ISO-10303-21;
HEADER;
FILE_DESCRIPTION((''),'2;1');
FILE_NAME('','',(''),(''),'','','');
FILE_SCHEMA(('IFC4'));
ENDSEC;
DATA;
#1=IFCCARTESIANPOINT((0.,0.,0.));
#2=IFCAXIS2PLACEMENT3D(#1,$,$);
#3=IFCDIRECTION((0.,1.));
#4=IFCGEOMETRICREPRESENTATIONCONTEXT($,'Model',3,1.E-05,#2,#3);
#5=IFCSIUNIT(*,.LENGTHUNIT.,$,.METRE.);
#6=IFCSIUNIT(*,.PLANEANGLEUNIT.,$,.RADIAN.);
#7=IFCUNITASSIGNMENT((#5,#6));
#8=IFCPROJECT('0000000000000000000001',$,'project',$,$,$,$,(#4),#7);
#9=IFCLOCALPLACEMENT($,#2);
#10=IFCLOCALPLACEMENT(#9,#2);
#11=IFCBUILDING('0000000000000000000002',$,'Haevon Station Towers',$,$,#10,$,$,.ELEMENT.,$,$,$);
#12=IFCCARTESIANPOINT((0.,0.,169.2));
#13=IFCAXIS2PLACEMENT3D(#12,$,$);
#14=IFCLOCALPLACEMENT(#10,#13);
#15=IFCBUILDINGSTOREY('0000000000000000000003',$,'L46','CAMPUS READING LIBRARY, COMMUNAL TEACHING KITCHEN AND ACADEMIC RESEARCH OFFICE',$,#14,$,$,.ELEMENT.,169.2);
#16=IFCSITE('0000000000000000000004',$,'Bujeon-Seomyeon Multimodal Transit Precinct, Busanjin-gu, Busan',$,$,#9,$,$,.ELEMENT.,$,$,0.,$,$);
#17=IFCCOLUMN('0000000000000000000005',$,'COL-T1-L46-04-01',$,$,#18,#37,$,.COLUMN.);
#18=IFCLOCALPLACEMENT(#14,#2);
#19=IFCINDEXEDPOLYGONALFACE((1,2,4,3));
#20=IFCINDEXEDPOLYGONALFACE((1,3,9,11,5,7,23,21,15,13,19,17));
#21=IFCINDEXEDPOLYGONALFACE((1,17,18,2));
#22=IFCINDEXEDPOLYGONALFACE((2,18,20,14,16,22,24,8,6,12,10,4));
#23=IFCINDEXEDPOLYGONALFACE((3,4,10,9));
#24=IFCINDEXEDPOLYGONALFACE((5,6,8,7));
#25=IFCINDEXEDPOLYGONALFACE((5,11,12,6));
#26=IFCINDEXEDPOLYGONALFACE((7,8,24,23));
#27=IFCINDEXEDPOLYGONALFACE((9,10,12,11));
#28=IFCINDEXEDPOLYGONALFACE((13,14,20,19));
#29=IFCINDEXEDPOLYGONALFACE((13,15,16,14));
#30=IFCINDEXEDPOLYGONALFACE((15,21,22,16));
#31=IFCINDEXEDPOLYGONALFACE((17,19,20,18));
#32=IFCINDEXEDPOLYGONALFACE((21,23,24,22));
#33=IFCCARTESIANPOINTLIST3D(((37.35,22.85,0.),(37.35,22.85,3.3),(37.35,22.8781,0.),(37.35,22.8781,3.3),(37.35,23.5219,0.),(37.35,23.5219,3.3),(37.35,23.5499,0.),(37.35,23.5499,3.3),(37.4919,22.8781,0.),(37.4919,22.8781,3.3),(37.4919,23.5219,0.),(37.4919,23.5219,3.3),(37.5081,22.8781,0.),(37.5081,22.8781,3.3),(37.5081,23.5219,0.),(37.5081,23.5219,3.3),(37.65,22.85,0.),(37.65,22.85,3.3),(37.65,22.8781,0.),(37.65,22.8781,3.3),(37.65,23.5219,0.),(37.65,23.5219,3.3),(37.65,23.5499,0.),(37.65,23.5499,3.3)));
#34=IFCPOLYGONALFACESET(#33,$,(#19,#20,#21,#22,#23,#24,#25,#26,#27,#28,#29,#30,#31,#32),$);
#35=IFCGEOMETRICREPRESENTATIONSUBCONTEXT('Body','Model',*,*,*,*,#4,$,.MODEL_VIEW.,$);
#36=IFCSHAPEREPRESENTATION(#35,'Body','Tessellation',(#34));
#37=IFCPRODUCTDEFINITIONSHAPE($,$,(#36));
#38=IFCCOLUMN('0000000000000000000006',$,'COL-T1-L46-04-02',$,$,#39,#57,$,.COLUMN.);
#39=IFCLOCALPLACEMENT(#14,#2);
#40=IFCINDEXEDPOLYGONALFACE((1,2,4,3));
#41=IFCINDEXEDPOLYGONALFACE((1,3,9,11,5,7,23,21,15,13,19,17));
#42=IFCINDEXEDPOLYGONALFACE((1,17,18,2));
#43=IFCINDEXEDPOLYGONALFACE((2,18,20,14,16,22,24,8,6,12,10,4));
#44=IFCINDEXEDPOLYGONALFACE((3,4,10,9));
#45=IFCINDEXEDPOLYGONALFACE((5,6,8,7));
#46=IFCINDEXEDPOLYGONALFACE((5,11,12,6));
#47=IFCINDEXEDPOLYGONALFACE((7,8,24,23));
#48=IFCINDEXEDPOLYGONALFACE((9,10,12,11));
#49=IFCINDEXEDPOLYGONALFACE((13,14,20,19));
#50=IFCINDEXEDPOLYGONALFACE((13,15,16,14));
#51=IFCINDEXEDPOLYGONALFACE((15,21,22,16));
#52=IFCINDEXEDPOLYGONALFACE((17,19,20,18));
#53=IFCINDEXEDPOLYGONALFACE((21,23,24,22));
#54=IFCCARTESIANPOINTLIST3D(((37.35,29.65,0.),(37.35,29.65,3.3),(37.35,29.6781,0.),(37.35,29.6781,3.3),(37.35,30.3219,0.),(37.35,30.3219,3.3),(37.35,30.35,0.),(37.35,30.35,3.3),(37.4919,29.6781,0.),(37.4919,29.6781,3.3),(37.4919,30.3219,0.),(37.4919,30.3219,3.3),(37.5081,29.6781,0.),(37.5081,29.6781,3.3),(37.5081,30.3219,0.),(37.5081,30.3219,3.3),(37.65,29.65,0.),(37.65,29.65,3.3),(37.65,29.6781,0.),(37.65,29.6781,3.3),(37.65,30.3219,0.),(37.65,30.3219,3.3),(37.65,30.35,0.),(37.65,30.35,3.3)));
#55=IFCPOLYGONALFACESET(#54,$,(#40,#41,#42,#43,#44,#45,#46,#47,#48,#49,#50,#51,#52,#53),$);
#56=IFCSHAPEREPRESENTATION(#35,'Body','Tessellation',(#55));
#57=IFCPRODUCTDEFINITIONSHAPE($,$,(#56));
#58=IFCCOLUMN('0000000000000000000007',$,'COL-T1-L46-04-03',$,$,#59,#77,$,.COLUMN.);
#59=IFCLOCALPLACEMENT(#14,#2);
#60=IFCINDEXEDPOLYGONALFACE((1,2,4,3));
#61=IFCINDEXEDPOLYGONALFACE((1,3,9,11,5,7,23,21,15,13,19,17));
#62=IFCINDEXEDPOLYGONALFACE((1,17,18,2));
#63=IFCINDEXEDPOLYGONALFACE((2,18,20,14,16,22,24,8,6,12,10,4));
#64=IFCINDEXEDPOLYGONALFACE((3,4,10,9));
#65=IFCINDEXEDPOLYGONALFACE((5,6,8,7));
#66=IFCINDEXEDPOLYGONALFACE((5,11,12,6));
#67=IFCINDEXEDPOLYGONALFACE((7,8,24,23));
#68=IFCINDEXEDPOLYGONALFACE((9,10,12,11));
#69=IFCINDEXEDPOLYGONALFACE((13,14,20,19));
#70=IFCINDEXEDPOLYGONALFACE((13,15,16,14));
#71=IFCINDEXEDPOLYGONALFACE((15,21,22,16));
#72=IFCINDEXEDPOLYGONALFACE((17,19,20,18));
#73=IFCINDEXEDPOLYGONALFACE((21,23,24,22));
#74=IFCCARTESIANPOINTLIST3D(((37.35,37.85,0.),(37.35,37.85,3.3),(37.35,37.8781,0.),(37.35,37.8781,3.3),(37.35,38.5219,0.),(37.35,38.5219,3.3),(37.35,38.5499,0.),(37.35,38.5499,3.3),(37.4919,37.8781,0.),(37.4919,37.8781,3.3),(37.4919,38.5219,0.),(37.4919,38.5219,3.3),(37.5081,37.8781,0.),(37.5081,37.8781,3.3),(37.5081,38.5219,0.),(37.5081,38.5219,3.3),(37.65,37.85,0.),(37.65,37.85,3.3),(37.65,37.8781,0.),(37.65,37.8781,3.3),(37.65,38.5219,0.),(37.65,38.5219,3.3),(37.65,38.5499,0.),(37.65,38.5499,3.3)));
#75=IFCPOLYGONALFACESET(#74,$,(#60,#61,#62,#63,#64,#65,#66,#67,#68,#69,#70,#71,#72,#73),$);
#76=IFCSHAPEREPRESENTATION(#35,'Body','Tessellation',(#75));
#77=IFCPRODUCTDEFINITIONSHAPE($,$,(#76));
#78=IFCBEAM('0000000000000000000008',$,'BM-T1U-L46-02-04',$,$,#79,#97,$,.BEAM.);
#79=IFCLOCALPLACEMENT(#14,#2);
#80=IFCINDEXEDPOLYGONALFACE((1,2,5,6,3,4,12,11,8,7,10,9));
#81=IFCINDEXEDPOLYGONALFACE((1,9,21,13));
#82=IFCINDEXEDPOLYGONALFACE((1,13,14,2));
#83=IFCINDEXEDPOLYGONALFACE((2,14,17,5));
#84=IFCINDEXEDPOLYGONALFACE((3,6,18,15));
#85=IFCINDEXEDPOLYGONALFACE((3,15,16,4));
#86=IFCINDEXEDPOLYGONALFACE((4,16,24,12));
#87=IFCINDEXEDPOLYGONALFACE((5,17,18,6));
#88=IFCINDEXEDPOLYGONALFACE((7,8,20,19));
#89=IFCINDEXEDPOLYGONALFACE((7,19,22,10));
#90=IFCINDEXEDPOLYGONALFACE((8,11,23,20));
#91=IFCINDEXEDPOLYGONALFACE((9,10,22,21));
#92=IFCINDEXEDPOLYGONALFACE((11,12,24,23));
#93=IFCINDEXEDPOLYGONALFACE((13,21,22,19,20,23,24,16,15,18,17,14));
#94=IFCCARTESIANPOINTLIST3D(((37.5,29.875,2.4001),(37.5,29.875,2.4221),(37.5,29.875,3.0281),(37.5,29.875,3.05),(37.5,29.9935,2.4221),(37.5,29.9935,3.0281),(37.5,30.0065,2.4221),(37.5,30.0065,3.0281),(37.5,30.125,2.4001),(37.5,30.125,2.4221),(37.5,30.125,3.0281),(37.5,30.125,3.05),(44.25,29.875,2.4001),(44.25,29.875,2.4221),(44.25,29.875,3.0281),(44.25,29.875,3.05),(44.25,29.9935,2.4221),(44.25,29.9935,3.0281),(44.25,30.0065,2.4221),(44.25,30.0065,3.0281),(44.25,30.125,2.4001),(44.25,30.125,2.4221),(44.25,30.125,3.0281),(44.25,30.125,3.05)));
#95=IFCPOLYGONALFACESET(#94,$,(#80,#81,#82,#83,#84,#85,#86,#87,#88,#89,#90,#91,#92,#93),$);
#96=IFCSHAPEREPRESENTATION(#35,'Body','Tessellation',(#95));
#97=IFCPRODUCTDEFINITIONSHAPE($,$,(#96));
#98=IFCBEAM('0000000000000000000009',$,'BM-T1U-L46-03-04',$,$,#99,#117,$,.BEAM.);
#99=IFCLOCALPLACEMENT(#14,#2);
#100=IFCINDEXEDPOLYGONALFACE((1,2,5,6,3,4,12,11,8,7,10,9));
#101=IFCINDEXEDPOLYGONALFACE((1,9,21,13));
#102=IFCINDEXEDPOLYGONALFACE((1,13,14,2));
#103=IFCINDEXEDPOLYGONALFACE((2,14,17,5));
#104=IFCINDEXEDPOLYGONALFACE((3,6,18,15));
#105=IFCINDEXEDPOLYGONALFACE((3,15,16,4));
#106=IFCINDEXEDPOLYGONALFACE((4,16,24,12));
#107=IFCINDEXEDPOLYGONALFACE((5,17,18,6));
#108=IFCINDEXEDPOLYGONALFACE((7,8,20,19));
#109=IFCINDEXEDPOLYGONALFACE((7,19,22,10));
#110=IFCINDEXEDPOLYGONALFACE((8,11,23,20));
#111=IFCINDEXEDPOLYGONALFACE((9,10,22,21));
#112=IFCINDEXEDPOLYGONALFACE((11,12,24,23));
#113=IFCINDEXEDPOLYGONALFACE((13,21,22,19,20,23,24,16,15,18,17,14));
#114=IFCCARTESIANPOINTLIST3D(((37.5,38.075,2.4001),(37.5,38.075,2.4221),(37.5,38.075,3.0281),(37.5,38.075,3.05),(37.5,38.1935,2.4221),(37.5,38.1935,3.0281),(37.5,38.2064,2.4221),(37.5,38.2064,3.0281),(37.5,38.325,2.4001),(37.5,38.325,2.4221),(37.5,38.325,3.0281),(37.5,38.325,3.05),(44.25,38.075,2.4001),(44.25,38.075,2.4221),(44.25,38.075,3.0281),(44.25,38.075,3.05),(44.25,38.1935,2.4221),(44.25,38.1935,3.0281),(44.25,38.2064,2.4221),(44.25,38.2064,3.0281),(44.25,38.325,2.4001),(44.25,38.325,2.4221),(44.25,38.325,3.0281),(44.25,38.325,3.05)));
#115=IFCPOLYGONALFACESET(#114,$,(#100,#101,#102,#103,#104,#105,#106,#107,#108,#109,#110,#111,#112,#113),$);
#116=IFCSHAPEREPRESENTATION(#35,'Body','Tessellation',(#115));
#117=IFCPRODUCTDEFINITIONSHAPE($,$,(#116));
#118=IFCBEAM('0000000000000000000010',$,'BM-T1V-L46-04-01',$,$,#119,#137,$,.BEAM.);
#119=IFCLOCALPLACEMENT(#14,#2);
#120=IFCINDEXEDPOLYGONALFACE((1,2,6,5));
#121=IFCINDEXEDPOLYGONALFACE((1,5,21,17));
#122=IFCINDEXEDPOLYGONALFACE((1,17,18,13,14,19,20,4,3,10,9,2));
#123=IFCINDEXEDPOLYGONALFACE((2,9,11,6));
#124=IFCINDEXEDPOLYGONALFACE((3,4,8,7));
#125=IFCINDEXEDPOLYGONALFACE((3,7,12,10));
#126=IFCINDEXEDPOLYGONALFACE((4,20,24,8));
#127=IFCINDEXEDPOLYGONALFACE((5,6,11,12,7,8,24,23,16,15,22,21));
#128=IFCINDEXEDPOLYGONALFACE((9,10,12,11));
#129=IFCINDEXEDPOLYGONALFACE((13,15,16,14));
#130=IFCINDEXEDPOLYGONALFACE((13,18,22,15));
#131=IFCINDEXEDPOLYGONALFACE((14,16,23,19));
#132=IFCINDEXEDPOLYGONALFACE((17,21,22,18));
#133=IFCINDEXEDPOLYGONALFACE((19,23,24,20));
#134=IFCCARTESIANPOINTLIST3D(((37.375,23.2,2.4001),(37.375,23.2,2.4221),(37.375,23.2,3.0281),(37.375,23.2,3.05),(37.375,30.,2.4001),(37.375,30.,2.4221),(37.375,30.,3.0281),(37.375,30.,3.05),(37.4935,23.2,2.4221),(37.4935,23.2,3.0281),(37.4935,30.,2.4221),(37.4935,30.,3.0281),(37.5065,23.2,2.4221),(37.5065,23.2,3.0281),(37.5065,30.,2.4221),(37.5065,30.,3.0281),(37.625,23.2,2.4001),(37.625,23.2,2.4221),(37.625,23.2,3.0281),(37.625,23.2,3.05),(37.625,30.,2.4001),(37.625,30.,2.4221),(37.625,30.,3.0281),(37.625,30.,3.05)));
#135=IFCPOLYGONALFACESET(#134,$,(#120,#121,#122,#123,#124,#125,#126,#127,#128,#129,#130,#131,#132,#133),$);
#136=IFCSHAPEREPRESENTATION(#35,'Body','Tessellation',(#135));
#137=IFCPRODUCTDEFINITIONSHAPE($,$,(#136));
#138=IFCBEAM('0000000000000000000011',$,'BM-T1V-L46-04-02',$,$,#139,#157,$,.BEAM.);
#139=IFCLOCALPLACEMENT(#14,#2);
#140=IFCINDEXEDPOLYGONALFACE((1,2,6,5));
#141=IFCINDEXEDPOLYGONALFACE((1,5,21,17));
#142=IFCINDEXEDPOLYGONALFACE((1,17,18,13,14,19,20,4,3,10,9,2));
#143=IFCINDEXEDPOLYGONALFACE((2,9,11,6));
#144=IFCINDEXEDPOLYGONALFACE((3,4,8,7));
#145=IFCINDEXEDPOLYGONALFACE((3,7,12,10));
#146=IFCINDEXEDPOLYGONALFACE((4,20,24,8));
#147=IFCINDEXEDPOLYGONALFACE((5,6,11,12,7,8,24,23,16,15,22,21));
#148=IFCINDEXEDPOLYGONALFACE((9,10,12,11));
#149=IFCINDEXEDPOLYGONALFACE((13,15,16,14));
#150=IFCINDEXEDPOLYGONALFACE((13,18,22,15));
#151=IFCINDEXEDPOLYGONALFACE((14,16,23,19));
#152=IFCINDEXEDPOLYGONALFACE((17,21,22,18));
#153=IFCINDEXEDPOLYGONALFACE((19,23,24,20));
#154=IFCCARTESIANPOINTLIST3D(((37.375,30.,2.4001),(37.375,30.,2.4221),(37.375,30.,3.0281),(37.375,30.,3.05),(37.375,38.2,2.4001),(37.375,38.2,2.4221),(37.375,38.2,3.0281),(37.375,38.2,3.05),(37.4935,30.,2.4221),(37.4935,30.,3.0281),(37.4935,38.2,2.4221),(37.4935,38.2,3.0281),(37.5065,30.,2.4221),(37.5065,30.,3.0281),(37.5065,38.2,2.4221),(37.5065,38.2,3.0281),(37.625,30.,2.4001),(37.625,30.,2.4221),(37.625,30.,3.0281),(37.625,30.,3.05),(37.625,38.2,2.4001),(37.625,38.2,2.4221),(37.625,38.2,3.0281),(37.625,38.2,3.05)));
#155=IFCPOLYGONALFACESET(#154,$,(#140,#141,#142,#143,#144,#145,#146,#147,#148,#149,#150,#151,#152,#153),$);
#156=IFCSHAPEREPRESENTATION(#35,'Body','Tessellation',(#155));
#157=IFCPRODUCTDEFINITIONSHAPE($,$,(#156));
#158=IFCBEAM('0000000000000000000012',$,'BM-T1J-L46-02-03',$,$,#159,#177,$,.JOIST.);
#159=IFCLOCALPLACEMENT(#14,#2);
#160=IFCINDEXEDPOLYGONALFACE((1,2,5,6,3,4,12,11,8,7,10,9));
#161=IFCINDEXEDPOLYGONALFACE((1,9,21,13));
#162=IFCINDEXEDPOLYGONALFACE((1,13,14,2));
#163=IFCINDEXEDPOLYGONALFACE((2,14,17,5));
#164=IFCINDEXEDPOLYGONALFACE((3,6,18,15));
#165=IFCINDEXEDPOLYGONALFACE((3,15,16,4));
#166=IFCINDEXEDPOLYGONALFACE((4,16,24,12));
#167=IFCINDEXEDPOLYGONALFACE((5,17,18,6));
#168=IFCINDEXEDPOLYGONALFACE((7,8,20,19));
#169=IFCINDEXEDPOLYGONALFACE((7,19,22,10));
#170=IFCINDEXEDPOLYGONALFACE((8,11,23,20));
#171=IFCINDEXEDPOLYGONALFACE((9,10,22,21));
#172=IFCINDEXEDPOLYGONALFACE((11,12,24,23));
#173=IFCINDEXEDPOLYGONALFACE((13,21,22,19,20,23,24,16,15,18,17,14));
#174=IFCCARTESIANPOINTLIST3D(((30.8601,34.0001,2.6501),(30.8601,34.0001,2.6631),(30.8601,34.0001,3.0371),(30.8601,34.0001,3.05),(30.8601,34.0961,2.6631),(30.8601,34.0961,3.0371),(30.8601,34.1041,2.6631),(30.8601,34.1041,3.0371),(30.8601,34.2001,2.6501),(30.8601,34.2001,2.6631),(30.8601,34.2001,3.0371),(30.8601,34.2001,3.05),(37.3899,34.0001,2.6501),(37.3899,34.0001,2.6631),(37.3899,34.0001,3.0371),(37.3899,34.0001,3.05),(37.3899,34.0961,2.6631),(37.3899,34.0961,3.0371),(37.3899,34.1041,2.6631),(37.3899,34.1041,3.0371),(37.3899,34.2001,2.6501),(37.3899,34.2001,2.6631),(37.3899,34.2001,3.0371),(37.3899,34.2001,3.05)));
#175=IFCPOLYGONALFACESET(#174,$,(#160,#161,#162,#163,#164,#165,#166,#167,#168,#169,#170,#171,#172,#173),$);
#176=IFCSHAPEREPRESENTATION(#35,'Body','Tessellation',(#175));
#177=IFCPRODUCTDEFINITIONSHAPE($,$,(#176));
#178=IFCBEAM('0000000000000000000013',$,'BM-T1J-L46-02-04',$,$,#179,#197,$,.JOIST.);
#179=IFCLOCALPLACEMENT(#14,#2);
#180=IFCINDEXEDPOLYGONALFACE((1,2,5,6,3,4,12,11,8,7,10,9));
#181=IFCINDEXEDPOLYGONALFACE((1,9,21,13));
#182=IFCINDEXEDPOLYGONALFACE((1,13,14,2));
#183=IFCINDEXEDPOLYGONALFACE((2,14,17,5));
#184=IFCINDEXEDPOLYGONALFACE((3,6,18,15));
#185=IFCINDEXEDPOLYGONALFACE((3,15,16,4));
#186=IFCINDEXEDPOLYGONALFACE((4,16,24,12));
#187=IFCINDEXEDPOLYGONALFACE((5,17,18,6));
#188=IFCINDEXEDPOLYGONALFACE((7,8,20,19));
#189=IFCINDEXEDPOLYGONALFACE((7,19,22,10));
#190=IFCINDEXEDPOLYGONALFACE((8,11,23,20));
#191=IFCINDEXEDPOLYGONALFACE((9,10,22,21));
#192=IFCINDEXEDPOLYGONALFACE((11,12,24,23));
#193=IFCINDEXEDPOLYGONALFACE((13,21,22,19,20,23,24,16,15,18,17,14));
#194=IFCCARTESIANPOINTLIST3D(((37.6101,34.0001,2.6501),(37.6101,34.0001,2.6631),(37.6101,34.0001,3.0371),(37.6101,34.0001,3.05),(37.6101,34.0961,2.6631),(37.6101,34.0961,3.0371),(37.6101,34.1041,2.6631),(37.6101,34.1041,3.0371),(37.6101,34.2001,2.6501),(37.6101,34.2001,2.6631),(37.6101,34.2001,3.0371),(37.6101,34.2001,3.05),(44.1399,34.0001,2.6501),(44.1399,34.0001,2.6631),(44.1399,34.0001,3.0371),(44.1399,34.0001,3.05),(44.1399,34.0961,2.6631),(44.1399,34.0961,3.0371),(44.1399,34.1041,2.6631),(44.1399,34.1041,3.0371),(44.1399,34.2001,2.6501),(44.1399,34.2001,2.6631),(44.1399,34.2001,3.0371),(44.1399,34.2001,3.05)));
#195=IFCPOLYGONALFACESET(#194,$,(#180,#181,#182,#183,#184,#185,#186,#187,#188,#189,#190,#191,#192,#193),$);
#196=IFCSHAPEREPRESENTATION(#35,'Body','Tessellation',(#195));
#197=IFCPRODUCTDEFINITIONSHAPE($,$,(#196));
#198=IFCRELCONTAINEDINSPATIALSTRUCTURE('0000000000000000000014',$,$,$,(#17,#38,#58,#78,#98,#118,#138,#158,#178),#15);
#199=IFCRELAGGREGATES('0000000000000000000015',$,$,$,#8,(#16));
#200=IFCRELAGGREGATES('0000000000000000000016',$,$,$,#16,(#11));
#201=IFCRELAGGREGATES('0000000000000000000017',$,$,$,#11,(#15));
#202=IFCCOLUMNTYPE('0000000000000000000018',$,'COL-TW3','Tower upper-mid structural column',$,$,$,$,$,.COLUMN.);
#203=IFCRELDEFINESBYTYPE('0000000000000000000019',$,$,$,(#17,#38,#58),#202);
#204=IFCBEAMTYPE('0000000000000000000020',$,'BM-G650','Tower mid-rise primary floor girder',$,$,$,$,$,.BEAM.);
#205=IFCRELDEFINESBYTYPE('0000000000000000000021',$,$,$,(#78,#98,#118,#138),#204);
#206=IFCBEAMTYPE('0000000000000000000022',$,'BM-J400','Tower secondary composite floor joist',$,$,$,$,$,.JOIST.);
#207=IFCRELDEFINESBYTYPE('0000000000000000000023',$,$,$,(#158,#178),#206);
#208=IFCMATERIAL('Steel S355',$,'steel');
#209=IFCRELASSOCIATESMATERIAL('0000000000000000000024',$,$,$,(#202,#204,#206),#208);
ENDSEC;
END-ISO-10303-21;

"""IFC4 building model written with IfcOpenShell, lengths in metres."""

from ifc_helpers import new_model, si_unit, direction, frame, origin, origin_2d, place, context, subcontext, project, spatial, i_section, extrude, material, material_profile, profile_set, type_object, element, save


model = new_model("IFC4")

# Units and contexts
model_context = context("Model", 3, precision=1e-05, world=origin(), true_north=direction((0.0, 1.0)))
body_context = subcontext(model_context, "Body", "Model", "MODEL_VIEW")
ifc_project = project(units=[si_unit("LENGTHUNIT", "METRE"), si_unit("PLANEANGLEUNIT", "RADIAN")], contexts=[model_context])

# Site, building, storey
site_placement = place(None, origin())
site = spatial("IfcSite", under=ifc_project, at=site_placement, Name="Bujeon-Seomyeon Multimodal Transit Precinct, Busanjin-gu, Busan", CompositionType="ELEMENT", RefElevation=0.0)
building_placement = place(site_placement, origin())
building = spatial("IfcBuilding", under=site, at=building_placement, Name="Haevon Station Towers", CompositionType="ELEMENT")
storey_placement = place(building_placement, frame((0.0, 0.0, 169.2)))
storey = spatial("IfcBuildingStorey", under=building, at=storey_placement, Name="L46", Description="CAMPUS READING LIBRARY, COMMUNAL TEACHING KITCHEN AND ACADEMIC RESEARCH OFFICE", CompositionType="ELEMENT", Elevation=169.2)

# Columns
ifc_material_1 = material(Name="Steel S355", Category="steel")
ifc_material_profile_1 = material_profile(ifc_material_1, i_section(OverallWidth=0.3, OverallDepth=0.7, WebThickness=0.0161, FlangeThickness=0.0281, at=origin_2d()), Name="H-700x300x16x28")
ifc_profile_set_1 = profile_set([ifc_material_profile_1], Name="Steel S355")
column_type = type_object("IfcColumnType", Name="COL-TW3", Description="Tower upper-mid structural column", PredefinedType="COLUMN", material=ifc_profile_set_1)
for number, where, z_axis, x_axis, name in (
    (1, (37.5, 23.2, 0.0), (0.0, 0.0, 1.0), (1.0, 0.0, 0.0), "COL-T1-L46-04-01"),
    (2, (37.5, 30.0, 0.0), (0.0, 0.0, 1.0), (1.0, 0.0, 0.0), "COL-T1-L46-04-02"),
    (3, (37.5, 38.2, 0.0), (0.0, 0.0, 1.0), (1.0, 0.0, 0.0), "COL-T1-L46-04-03"),
):
    element("IfcColumn", number, at=place(storey_placement, frame(where, z_axis=z_axis, x_axis=x_axis)), inside=storey, type_object=column_type, Name=name, PredefinedType="COLUMN", context=body_context, shape_type="SweptSolid", body=[
        extrude(i_section(OverallWidth=0.3, OverallDepth=0.7, WebThickness=0.0161, FlangeThickness=0.0281, at=origin_2d()), origin(), (0.0, 0.0, 1.0), 3.3),
    ])

# Beams
ifc_material_profile_2 = material_profile(ifc_material_1, i_section(OverallWidth=0.25, OverallDepth=0.6499, WebThickness=0.0129, FlangeThickness=0.022, at=origin_2d()), Name="H-650x250x13x22")
ifc_profile_set_2 = profile_set([ifc_material_profile_2], Name="Steel S355")
beam_type_1 = type_object("IfcBeamType", Name="BM-G650", Description="Tower mid-rise primary floor girder", PredefinedType="BEAM", material=ifc_profile_set_2)
for number, where, z_axis, x_axis, name in (
    (4, (37.5, 30.0, 2.7251), (1.0, 0.0, 0.0), (0.0, 1.0, 0.0), "BM-T1U-L46-02-04"),
    (5, (37.5, 38.2, 2.7251), (1.0, 0.0, 0.0), (0.0, 1.0, 0.0), "BM-T1U-L46-03-04"),
):
    element("IfcBeam", number, at=place(storey_placement, frame(where, z_axis=z_axis, x_axis=x_axis)), inside=storey, type_object=beam_type_1, Name=name, PredefinedType="BEAM", context=body_context, shape_type="SweptSolid", body=[
        extrude(i_section(OverallWidth=0.25, OverallDepth=0.6499, WebThickness=0.0129, FlangeThickness=0.022, at=origin_2d()), origin(), (0.0, 0.0, 1.0), 6.75),
    ])
beam_1_placement = place(storey_placement, frame((37.5, 23.2, 2.7251), z_axis=(0.0, 1.0, 0.0), x_axis=(-1.0, 0.0, 0.0)))
element("IfcBeam", 6, at=beam_1_placement, inside=storey, type_object=beam_type_1, Name="BM-T1V-L46-04-01", PredefinedType="BEAM", context=body_context, shape_type="SweptSolid", body=[
    extrude(i_section(OverallWidth=0.25, OverallDepth=0.6499, WebThickness=0.0129, FlangeThickness=0.022, at=origin_2d()), origin(), (0.0, 0.0, 1.0), 6.8),
])
beam_2_placement = place(storey_placement, frame((37.5, 30.0, 2.7251), z_axis=(0.0, 1.0, 0.0), x_axis=(-1.0, 0.0, 0.0)))
element("IfcBeam", 7, at=beam_2_placement, inside=storey, type_object=beam_type_1, Name="BM-T1V-L46-04-02", PredefinedType="BEAM", context=body_context, shape_type="SweptSolid", body=[
    extrude(i_section(OverallWidth=0.25, OverallDepth=0.6499, WebThickness=0.0129, FlangeThickness=0.022, at=origin_2d()), origin(), (0.0, 0.0, 1.0), 8.2),
])
ifc_material_profile_3 = material_profile(ifc_material_1, i_section(OverallWidth=0.2, OverallDepth=0.3999, WebThickness=0.0081, FlangeThickness=0.0129, at=origin_2d()), Name="H-400x200x8x13")
ifc_profile_set_3 = profile_set([ifc_material_profile_3], Name="Steel S355")
beam_type_2 = type_object("IfcBeamType", Name="BM-J400", Description="Tower secondary composite floor joist", PredefinedType="JOIST", material=ifc_profile_set_3)
for number, where, z_axis, x_axis, name in (
    (8, (30.8601, 34.1001, 2.8501), (1.0, 0.0, 0.0), (0.0, 1.0, 0.0), "BM-T1J-L46-02-03"),
    (9, (37.6101, 34.1001, 2.8501), (1.0, 0.0, 0.0), (0.0, 1.0, 0.0), "BM-T1J-L46-02-04"),
):
    element("IfcBeam", number, at=place(storey_placement, frame(where, z_axis=z_axis, x_axis=x_axis)), inside=storey, type_object=beam_type_2, Name=name, PredefinedType="JOIST", context=body_context, shape_type="SweptSolid", body=[
        extrude(i_section(OverallWidth=0.2, OverallDepth=0.3999, WebThickness=0.0081, FlangeThickness=0.0129, at=origin_2d()), origin(), (0.0, 0.0, 1.0), 6.5298),
    ])

save(model, "model.ifc")
